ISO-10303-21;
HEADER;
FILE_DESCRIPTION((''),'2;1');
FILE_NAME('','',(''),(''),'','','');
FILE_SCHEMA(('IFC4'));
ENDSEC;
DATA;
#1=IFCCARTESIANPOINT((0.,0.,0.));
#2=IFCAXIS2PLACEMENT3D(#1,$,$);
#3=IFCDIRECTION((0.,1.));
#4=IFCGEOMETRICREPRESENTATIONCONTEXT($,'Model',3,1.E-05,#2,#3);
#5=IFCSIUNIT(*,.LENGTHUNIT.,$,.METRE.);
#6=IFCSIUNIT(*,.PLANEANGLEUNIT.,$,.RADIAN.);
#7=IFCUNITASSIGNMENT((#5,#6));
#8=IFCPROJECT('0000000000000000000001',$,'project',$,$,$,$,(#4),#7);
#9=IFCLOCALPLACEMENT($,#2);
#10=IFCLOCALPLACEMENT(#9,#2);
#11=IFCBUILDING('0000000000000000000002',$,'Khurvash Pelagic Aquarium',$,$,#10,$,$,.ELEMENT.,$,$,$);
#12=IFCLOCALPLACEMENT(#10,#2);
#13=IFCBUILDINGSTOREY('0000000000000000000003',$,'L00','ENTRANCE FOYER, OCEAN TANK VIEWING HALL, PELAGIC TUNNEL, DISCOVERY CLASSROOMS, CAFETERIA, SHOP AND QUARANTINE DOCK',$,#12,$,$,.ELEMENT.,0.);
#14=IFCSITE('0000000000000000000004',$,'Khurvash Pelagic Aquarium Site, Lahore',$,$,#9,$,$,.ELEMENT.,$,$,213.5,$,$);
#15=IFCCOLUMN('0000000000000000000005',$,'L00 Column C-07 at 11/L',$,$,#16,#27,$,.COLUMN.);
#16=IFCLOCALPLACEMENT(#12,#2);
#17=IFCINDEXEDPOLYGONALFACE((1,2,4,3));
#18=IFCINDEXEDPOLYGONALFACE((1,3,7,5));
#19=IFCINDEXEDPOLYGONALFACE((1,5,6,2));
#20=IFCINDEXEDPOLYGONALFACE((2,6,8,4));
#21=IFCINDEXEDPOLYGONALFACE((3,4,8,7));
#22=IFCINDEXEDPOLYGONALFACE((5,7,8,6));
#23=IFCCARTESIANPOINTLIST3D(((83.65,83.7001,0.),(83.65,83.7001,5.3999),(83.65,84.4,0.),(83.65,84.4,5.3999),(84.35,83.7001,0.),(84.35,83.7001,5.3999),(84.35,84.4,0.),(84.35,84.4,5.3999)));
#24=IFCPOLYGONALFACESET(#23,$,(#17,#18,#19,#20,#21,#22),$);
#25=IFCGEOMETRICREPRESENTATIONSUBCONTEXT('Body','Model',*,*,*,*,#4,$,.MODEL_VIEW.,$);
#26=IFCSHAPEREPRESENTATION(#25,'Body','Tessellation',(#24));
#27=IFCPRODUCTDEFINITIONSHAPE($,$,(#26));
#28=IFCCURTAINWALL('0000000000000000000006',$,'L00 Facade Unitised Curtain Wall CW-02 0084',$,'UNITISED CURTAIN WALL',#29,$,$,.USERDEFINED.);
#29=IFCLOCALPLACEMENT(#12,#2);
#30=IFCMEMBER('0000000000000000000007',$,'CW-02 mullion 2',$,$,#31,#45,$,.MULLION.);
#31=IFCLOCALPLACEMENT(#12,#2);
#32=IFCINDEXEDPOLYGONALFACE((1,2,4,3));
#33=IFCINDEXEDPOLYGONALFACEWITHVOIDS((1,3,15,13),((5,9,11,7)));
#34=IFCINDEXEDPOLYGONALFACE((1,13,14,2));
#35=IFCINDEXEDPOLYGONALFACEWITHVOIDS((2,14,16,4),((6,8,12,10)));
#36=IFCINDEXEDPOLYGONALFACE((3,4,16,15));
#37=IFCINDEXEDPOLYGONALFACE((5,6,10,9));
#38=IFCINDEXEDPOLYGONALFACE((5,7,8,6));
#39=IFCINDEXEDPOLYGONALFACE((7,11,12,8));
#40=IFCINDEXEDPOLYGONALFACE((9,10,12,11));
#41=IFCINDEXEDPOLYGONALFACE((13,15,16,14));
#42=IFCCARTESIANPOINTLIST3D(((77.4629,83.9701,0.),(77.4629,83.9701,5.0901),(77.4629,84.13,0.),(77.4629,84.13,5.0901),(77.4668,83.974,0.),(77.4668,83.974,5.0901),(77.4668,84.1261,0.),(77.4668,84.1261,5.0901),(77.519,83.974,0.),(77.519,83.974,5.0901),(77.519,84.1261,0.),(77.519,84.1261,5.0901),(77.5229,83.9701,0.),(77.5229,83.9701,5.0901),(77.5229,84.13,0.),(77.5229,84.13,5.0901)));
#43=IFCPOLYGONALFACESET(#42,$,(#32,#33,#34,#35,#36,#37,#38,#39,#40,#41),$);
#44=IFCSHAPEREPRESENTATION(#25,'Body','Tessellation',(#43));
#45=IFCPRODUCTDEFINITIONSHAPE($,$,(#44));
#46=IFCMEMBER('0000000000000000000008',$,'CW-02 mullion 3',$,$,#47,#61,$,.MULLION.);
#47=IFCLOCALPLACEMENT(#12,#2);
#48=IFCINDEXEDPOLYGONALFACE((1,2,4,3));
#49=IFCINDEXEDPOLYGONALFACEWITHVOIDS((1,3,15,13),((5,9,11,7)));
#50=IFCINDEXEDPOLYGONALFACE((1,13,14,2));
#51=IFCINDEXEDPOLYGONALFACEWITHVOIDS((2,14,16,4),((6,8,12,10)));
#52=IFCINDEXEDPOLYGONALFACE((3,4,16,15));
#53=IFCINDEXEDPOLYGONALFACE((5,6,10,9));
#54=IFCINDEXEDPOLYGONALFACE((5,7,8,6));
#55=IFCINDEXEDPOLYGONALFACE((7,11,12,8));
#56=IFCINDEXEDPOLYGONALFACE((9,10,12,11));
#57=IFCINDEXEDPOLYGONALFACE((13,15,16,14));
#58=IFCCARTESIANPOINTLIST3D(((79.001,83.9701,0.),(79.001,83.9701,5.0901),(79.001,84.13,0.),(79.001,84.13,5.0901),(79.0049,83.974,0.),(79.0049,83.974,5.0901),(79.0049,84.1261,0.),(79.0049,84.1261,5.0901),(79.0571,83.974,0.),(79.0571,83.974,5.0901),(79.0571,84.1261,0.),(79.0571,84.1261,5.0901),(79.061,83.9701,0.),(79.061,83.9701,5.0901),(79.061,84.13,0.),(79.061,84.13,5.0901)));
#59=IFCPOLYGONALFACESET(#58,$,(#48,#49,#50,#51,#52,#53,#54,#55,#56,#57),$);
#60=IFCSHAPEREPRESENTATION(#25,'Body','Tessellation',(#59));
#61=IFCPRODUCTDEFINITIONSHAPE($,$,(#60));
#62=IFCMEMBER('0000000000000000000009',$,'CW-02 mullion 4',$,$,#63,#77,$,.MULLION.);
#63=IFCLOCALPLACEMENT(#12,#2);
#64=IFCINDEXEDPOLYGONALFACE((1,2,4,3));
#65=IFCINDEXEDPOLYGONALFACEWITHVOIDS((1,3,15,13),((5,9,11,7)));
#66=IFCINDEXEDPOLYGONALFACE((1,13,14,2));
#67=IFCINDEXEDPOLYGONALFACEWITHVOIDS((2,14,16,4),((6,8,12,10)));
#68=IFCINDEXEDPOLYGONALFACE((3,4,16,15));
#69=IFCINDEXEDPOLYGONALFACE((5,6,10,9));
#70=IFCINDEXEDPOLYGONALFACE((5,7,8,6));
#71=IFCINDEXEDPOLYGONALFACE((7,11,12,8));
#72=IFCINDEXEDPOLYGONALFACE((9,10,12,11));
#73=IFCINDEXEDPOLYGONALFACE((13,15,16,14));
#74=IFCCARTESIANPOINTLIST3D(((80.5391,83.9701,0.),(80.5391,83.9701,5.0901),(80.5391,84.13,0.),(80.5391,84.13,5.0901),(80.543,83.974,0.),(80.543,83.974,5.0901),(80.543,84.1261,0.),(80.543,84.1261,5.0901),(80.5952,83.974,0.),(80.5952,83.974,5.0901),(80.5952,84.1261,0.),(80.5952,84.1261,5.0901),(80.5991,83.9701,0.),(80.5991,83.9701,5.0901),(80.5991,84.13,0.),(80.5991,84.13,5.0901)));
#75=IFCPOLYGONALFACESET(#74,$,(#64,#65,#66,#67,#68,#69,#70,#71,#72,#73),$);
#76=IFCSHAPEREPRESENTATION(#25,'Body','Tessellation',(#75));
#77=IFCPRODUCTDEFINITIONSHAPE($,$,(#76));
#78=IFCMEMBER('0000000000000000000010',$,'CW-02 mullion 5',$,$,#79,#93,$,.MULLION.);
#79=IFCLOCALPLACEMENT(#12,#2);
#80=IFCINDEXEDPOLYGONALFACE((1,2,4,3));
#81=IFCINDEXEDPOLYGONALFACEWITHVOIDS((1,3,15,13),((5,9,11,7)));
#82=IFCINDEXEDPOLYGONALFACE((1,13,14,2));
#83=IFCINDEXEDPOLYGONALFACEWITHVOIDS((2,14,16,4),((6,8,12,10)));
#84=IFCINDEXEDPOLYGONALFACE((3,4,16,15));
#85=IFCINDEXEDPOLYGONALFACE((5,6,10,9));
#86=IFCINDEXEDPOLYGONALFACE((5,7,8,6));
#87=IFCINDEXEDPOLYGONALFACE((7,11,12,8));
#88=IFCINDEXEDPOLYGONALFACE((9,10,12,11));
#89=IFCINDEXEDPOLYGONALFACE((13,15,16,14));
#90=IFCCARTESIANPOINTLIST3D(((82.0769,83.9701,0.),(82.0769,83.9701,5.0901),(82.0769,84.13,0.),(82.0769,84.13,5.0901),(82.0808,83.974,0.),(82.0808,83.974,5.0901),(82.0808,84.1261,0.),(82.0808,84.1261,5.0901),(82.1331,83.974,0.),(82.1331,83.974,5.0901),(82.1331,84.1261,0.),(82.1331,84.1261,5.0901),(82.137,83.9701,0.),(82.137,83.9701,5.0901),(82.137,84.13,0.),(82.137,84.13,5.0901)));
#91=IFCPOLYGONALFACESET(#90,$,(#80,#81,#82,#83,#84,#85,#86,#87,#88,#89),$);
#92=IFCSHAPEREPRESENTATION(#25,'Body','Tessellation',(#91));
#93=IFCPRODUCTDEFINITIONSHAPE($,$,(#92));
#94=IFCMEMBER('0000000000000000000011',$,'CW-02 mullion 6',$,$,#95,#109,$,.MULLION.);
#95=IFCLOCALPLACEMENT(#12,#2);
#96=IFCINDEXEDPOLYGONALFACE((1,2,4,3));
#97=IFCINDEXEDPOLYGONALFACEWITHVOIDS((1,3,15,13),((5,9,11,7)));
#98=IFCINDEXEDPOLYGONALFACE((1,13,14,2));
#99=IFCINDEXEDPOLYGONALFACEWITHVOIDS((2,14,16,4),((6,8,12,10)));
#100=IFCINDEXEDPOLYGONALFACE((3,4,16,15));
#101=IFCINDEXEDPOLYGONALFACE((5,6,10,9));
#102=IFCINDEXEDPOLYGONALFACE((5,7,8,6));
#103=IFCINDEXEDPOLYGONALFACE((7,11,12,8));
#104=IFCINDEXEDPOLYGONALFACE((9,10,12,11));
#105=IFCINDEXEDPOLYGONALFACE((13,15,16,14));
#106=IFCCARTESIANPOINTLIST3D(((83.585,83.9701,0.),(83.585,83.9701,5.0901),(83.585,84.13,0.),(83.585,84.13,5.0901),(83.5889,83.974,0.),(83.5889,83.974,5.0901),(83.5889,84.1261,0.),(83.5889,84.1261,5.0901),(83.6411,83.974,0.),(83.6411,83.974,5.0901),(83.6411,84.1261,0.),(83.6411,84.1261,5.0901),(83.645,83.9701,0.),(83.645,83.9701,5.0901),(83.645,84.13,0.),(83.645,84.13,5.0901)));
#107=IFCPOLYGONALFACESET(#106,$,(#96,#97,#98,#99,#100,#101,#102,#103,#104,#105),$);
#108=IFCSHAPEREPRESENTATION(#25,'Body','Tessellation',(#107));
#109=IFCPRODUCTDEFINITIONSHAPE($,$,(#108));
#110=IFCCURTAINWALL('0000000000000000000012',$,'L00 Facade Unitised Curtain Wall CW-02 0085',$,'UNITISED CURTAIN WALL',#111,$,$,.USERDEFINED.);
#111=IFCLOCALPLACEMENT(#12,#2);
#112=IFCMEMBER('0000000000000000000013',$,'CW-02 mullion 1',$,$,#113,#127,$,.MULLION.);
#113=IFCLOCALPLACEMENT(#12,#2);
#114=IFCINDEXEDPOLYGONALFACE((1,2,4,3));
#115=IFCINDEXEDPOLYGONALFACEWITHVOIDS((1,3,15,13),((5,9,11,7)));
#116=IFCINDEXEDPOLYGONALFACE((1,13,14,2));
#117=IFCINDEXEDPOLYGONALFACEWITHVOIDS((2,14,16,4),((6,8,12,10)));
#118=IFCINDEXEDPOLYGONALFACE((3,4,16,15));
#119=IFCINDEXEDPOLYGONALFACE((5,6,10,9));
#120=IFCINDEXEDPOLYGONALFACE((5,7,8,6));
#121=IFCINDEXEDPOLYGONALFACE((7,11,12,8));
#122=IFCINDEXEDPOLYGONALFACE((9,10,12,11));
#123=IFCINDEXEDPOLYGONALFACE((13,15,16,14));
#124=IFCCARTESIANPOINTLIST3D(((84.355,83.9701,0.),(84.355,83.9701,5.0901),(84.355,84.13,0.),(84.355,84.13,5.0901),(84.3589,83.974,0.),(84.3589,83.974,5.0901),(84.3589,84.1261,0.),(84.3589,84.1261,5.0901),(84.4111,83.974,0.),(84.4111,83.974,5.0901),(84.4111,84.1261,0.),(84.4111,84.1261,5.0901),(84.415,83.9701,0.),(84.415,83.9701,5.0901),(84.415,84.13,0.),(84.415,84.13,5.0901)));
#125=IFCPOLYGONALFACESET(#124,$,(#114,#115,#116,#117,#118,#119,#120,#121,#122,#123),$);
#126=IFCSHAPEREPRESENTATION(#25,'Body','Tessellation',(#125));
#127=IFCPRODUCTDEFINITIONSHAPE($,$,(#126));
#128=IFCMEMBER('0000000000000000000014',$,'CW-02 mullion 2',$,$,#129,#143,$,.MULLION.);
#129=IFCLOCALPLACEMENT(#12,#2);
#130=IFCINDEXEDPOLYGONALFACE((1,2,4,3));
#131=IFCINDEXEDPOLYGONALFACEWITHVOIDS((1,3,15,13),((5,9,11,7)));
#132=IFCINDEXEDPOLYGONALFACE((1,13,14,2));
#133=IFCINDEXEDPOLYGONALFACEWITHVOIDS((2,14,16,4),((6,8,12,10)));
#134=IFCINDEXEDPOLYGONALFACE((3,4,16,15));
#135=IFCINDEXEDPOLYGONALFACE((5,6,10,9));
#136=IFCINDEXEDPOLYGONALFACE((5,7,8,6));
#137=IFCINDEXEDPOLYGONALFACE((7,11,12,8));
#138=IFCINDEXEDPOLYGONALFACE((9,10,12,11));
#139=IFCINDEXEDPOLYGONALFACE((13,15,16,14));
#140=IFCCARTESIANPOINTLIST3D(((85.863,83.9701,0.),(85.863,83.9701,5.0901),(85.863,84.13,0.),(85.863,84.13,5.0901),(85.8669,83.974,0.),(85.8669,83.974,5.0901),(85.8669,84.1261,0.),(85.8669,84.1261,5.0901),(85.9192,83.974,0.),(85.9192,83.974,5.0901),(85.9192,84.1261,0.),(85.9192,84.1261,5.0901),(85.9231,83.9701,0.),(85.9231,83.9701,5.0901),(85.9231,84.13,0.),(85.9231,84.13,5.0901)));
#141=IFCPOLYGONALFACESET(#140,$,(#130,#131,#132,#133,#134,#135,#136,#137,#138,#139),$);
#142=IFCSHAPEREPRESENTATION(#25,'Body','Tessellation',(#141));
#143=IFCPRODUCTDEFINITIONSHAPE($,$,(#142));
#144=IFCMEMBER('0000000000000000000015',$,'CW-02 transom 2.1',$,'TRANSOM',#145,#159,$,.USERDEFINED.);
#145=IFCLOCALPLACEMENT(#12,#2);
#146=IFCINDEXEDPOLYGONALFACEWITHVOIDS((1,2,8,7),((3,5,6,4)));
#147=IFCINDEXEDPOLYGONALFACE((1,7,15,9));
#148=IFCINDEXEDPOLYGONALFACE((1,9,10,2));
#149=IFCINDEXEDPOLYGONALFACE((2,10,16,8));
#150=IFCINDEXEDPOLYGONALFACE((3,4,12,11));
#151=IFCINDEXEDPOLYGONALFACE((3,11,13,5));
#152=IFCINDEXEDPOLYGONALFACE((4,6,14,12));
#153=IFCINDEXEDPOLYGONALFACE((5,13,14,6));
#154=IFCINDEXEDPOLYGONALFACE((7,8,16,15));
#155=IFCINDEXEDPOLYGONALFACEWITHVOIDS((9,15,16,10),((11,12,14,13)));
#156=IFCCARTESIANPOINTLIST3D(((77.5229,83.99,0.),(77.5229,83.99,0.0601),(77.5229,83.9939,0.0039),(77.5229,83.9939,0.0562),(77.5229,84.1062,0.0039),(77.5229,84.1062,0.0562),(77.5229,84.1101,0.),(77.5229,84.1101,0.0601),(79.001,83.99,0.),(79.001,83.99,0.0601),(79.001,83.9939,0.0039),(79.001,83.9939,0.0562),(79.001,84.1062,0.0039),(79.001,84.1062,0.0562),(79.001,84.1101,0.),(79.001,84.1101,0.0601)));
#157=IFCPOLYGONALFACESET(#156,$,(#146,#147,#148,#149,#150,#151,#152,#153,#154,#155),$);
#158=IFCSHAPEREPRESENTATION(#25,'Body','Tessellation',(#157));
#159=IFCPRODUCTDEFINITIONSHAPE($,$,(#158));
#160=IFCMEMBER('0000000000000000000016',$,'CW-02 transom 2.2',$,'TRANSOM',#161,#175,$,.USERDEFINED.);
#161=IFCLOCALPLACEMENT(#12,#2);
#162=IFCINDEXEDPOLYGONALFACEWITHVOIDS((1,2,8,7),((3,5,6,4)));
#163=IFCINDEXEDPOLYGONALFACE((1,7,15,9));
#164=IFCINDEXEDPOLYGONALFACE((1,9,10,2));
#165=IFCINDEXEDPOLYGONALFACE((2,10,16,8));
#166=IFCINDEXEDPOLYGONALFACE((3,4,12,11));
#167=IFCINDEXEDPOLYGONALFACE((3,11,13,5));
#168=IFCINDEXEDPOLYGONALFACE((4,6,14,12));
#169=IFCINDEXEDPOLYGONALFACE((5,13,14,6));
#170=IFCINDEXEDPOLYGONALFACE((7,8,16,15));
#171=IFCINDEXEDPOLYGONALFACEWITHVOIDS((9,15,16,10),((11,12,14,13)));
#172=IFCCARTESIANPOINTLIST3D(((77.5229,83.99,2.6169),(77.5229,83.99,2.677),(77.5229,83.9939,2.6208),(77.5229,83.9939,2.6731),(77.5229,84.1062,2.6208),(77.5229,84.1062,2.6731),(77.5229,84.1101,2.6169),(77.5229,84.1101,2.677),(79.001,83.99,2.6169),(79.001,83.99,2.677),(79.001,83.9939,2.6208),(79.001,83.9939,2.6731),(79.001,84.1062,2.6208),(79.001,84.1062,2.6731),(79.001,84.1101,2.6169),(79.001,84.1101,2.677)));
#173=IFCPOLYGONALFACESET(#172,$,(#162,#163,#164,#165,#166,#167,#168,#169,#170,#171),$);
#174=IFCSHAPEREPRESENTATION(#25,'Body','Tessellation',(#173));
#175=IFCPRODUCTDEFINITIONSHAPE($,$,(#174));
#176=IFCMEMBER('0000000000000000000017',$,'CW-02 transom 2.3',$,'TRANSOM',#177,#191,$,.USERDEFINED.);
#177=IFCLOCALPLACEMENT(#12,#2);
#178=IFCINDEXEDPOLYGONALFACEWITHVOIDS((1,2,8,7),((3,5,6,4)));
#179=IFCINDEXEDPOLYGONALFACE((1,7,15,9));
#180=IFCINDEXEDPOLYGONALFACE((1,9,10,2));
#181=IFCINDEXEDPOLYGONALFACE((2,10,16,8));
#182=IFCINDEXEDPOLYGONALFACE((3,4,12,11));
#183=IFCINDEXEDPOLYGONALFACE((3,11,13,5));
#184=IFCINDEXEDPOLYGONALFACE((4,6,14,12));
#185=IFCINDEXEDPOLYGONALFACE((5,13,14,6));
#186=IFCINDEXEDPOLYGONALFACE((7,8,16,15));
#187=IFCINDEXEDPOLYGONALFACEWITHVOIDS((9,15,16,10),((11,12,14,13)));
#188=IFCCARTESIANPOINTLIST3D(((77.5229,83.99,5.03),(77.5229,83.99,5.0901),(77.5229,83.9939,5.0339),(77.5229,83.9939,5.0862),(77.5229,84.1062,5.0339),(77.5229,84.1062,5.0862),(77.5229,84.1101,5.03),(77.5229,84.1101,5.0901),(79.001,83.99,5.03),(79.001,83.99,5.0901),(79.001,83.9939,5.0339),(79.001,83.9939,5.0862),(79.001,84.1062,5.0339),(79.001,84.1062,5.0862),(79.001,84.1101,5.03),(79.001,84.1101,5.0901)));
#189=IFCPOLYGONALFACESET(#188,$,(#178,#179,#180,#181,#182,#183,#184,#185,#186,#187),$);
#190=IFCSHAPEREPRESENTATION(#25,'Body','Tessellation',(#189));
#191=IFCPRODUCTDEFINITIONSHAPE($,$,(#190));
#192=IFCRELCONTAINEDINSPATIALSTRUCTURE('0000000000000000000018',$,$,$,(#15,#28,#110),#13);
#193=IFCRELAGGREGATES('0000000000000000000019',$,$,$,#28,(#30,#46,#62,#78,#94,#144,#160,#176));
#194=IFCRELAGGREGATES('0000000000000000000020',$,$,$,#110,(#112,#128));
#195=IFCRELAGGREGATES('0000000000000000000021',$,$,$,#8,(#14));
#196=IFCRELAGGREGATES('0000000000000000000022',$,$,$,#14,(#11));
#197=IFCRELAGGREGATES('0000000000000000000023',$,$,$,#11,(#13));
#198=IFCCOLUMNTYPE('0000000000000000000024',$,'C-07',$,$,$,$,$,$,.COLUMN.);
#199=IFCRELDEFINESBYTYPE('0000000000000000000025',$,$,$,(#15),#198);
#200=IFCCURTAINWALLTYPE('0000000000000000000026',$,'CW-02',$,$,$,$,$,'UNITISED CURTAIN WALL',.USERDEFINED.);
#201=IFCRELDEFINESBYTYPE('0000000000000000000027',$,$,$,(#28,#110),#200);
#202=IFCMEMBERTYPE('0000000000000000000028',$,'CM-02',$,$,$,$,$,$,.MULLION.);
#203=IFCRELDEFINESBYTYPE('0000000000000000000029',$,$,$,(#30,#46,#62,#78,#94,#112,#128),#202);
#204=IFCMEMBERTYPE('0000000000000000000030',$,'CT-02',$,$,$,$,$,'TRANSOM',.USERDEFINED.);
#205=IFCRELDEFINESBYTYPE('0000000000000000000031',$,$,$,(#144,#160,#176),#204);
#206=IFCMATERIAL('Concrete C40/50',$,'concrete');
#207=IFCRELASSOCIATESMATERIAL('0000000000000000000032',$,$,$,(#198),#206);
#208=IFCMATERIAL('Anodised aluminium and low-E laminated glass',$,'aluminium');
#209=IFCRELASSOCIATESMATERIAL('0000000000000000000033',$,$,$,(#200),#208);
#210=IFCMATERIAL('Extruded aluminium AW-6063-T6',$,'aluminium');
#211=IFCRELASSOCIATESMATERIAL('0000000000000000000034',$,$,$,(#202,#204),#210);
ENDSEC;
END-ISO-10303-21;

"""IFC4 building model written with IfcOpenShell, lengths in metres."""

from ifc_helpers import new_model, si_unit, direction, frame, origin, origin_2d, place, context, subcontext, project, spatial, rectangle, hollow_rectangle, extrude, material, material_profile, profile_set, type_object, element, aggregate, save


model = new_model("IFC4")

# Units and contexts
model_context = context("Model", 3, precision=1e-05, world=origin(), true_north=direction((0.0, 1.0)))
body_context = subcontext(model_context, "Body", "Model", "MODEL_VIEW")
ifc_project = project(units=[si_unit("LENGTHUNIT", "METRE"), si_unit("PLANEANGLEUNIT", "RADIAN")], contexts=[model_context])

# Site, building, storey
site_placement = place(None, origin())
site = spatial("IfcSite", under=ifc_project, at=site_placement, Name="Khurvash Pelagic Aquarium Site, Lahore", CompositionType="ELEMENT", RefElevation=213.5)
building_placement = place(site_placement, origin())
building = spatial("IfcBuilding", under=site, at=building_placement, Name="Khurvash Pelagic Aquarium", CompositionType="ELEMENT")
storey_placement = place(building_placement, origin())
storey = spatial("IfcBuildingStorey", under=building, at=storey_placement, Name="L00", Description="ENTRANCE FOYER, OCEAN TANK VIEWING HALL, PELAGIC TUNNEL, DISCOVERY CLASSROOMS, CAFETERIA, SHOP AND QUARANTINE DOCK", CompositionType="ELEMENT", Elevation=0.0)

# Column
ifc_material_1 = material(Name="Concrete C40/50", Category="concrete")
ifc_material_profile_1 = material_profile(ifc_material_1, rectangle(XDim=0.7, YDim=0.7, at=origin_2d()), Name="RC700X700")
ifc_profile_set_1 = profile_set([ifc_material_profile_1], Name="Concrete C40/50")
column_type = type_object("IfcColumnType", Name="C-07", PredefinedType="COLUMN", material=ifc_profile_set_1)
column_placement = place(storey_placement, frame((84.0, 84.05, 0.0), z_axis=(0.0, 0.0, 1.0), x_axis=(1.0, 0.0, 0.0)))
element("IfcColumn", 1, at=column_placement, inside=storey, type_object=column_type, Name="L00 Column C-07 at 11/L", PredefinedType="COLUMN", context=body_context, shape_type="SweptSolid", body=[
    extrude(rectangle(XDim=0.7, YDim=0.7, at=origin_2d()), origin(), (0.0, 0.0, 1.0), 5.3999),
])

# Curtain walls, members
ifc_material_2 = material(Name="Anodised aluminium and low-E laminated glass", Category="aluminium")
curtain_wall_type = type_object("IfcCurtainWallType", Name="CW-02", ElementType="UNITISED CURTAIN WALL", PredefinedType="USERDEFINED", material=ifc_material_2)
curtain_wall_1_placement = place(storey_placement, origin())
curtain_wall_1 = element("IfcCurtainWall", 2, at=curtain_wall_1_placement, inside=storey, type_object=curtain_wall_type, Name="L00 Facade Unitised Curtain Wall CW-02 0084", ObjectType="UNITISED CURTAIN WALL", PredefinedType="USERDEFINED")
ifc_material_3 = material(Name="Extruded aluminium AW-6063-T6", Category="aluminium")
ifc_material_profile_2 = material_profile(ifc_material_3, hollow_rectangle(XDim=0.0601, YDim=0.1599, WallThickness=0.0039, at=origin_2d()), Name="CWM60X160X4")
ifc_profile_set_2 = profile_set([ifc_material_profile_2], Name="Extruded aluminium AW-6063-T6")
member_type_1 = type_object("IfcMemberType", Name="CM-02", PredefinedType="MULLION", material=ifc_profile_set_2)
member_1_placement = place(storey_placement, frame((77.4929, 84.05, 0.0), z_axis=(0.0, 0.0, 1.0), x_axis=(1.0, 0.0, 0.0)))
member_1 = element("IfcMember", 3, at=member_1_placement, type_object=member_type_1, Name="CW-02 mullion 2", PredefinedType="MULLION", context=body_context, shape_type="SweptSolid", body=[
    extrude(hollow_rectangle(XDim=0.0601, YDim=0.1599, WallThickness=0.0039, at=origin_2d()), origin(), (0.0, 0.0, 1.0), 5.0901),
])
member_2_placement = place(storey_placement, frame((79.031, 84.05, 0.0), z_axis=(0.0, 0.0, 1.0), x_axis=(1.0, 0.0, 0.0)))
member_2 = element("IfcMember", 4, at=member_2_placement, type_object=member_type_1, Name="CW-02 mullion 3", PredefinedType="MULLION", context=body_context, shape_type="SweptSolid", body=[
    extrude(hollow_rectangle(XDim=0.0601, YDim=0.1599, WallThickness=0.0039, at=origin_2d()), origin(), (0.0, 0.0, 1.0), 5.0901),
])
member_3_placement = place(storey_placement, frame((80.5691, 84.05, 0.0), z_axis=(0.0, 0.0, 1.0), x_axis=(1.0, 0.0, 0.0)))
member_3 = element("IfcMember", 5, at=member_3_placement, type_object=member_type_1, Name="CW-02 mullion 4", PredefinedType="MULLION", context=body_context, shape_type="SweptSolid", body=[
    extrude(hollow_rectangle(XDim=0.0601, YDim=0.1599, WallThickness=0.0039, at=origin_2d()), origin(), (0.0, 0.0, 1.0), 5.0901),
])
member_4_placement = place(storey_placement, frame((82.1069, 84.05, 0.0), z_axis=(0.0, 0.0, 1.0), x_axis=(1.0, 0.0, 0.0)))
member_4 = element("IfcMember", 6, at=member_4_placement, type_object=member_type_1, Name="CW-02 mullion 5", PredefinedType="MULLION", context=body_context, shape_type="SweptSolid", body=[
    extrude(hollow_rectangle(XDim=0.0601, YDim=0.1599, WallThickness=0.0039, at=origin_2d()), origin(), (0.0, 0.0, 1.0), 5.0901),
])
member_5_placement = place(storey_placement, frame((83.615, 84.05, 0.0), z_axis=(0.0, 0.0, 1.0), x_axis=(1.0, 0.0, 0.0)))
member_5 = element("IfcMember", 7, at=member_5_placement, type_object=member_type_1, Name="CW-02 mullion 6", PredefinedType="MULLION", context=body_context, shape_type="SweptSolid", body=[
    extrude(hollow_rectangle(XDim=0.0601, YDim=0.1599, WallThickness=0.0039, at=origin_2d()), origin(), (0.0, 0.0, 1.0), 5.0901),
])
curtain_wall_2_placement = place(storey_placement, origin())
curtain_wall_2 = element("IfcCurtainWall", 8, at=curtain_wall_2_placement, inside=storey, type_object=curtain_wall_type, Name="L00 Facade Unitised Curtain Wall CW-02 0085", ObjectType="UNITISED CURTAIN WALL", PredefinedType="USERDEFINED")
member_6_placement = place(storey_placement, frame((84.385, 84.05, 0.0), z_axis=(0.0, 0.0, 1.0), x_axis=(1.0, 0.0, 0.0)))
member_6 = element("IfcMember", 9, at=member_6_placement, type_object=member_type_1, Name="CW-02 mullion 1", PredefinedType="MULLION", context=body_context, shape_type="SweptSolid", body=[
    extrude(hollow_rectangle(XDim=0.0601, YDim=0.1599, WallThickness=0.0039, at=origin_2d()), origin(), (0.0, 0.0, 1.0), 5.0901),
])
member_7_placement = place(storey_placement, frame((85.8931, 84.05, 0.0), z_axis=(0.0, 0.0, 1.0), x_axis=(1.0, 0.0, 0.0)))
member_7 = element("IfcMember", 10, at=member_7_placement, type_object=member_type_1, Name="CW-02 mullion 2", PredefinedType="MULLION", context=body_context, shape_type="SweptSolid", body=[
    extrude(hollow_rectangle(XDim=0.0601, YDim=0.1599, WallThickness=0.0039, at=origin_2d()), origin(), (0.0, 0.0, 1.0), 5.0901),
])

# Members
ifc_material_profile_3 = material_profile(ifc_material_3, hollow_rectangle(XDim=0.1201, YDim=0.0601, WallThickness=0.0039, at=origin_2d()), Name="CWT120X60X4")
ifc_profile_set_3 = profile_set([ifc_material_profile_3], Name="Extruded aluminium AW-6063-T6")
member_type_2 = type_object("IfcMemberType", Name="CT-02", ElementType="TRANSOM", PredefinedType="USERDEFINED", material=ifc_profile_set_3)
member_8_placement = place(storey_placement, frame((77.5229, 84.05, 0.03), z_axis=(1.0, 0.0, 0.0), x_axis=(0.0, 1.0, 0.0)))
member_8 = element("IfcMember", 11, at=member_8_placement, type_object=member_type_2, Name="CW-02 transom 2.1", ObjectType="TRANSOM", PredefinedType="USERDEFINED", context=body_context, shape_type="SweptSolid", body=[
    extrude(hollow_rectangle(XDim=0.1201, YDim=0.0601, WallThickness=0.0039, at=origin_2d()), origin(), (0.0, 0.0, 1.0), 1.478),
])
member_9_placement = place(storey_placement, frame((77.5229, 84.05, 2.647), z_axis=(1.0, 0.0, 0.0), x_axis=(0.0, 1.0, 0.0)))
member_9 = element("IfcMember", 12, at=member_9_placement, type_object=member_type_2, Name="CW-02 transom 2.2", ObjectType="TRANSOM", PredefinedType="USERDEFINED", context=body_context, shape_type="SweptSolid", body=[
    extrude(hollow_rectangle(XDim=0.1201, YDim=0.0601, WallThickness=0.0039, at=origin_2d()), origin(), (0.0, 0.0, 1.0), 1.478),
])
member_10_placement = place(storey_placement, frame((77.5229, 84.05, 5.0601), z_axis=(1.0, 0.0, 0.0), x_axis=(0.0, 1.0, 0.0)))
member_10 = element("IfcMember", 13, at=member_10_placement, type_object=member_type_2, Name="CW-02 transom 2.3", ObjectType="TRANSOM", PredefinedType="USERDEFINED", context=body_context, shape_type="SweptSolid", body=[
    extrude(hollow_rectangle(XDim=0.1201, YDim=0.0601, WallThickness=0.0039, at=origin_2d()), origin(), (0.0, 0.0, 1.0), 1.478),
])

aggregate(curtain_wall_1, [member_1, member_2, member_3, member_4, member_5, member_8, member_9, member_10])
aggregate(curtain_wall_2, [member_6, member_7])

save(model, "model.ifc")
